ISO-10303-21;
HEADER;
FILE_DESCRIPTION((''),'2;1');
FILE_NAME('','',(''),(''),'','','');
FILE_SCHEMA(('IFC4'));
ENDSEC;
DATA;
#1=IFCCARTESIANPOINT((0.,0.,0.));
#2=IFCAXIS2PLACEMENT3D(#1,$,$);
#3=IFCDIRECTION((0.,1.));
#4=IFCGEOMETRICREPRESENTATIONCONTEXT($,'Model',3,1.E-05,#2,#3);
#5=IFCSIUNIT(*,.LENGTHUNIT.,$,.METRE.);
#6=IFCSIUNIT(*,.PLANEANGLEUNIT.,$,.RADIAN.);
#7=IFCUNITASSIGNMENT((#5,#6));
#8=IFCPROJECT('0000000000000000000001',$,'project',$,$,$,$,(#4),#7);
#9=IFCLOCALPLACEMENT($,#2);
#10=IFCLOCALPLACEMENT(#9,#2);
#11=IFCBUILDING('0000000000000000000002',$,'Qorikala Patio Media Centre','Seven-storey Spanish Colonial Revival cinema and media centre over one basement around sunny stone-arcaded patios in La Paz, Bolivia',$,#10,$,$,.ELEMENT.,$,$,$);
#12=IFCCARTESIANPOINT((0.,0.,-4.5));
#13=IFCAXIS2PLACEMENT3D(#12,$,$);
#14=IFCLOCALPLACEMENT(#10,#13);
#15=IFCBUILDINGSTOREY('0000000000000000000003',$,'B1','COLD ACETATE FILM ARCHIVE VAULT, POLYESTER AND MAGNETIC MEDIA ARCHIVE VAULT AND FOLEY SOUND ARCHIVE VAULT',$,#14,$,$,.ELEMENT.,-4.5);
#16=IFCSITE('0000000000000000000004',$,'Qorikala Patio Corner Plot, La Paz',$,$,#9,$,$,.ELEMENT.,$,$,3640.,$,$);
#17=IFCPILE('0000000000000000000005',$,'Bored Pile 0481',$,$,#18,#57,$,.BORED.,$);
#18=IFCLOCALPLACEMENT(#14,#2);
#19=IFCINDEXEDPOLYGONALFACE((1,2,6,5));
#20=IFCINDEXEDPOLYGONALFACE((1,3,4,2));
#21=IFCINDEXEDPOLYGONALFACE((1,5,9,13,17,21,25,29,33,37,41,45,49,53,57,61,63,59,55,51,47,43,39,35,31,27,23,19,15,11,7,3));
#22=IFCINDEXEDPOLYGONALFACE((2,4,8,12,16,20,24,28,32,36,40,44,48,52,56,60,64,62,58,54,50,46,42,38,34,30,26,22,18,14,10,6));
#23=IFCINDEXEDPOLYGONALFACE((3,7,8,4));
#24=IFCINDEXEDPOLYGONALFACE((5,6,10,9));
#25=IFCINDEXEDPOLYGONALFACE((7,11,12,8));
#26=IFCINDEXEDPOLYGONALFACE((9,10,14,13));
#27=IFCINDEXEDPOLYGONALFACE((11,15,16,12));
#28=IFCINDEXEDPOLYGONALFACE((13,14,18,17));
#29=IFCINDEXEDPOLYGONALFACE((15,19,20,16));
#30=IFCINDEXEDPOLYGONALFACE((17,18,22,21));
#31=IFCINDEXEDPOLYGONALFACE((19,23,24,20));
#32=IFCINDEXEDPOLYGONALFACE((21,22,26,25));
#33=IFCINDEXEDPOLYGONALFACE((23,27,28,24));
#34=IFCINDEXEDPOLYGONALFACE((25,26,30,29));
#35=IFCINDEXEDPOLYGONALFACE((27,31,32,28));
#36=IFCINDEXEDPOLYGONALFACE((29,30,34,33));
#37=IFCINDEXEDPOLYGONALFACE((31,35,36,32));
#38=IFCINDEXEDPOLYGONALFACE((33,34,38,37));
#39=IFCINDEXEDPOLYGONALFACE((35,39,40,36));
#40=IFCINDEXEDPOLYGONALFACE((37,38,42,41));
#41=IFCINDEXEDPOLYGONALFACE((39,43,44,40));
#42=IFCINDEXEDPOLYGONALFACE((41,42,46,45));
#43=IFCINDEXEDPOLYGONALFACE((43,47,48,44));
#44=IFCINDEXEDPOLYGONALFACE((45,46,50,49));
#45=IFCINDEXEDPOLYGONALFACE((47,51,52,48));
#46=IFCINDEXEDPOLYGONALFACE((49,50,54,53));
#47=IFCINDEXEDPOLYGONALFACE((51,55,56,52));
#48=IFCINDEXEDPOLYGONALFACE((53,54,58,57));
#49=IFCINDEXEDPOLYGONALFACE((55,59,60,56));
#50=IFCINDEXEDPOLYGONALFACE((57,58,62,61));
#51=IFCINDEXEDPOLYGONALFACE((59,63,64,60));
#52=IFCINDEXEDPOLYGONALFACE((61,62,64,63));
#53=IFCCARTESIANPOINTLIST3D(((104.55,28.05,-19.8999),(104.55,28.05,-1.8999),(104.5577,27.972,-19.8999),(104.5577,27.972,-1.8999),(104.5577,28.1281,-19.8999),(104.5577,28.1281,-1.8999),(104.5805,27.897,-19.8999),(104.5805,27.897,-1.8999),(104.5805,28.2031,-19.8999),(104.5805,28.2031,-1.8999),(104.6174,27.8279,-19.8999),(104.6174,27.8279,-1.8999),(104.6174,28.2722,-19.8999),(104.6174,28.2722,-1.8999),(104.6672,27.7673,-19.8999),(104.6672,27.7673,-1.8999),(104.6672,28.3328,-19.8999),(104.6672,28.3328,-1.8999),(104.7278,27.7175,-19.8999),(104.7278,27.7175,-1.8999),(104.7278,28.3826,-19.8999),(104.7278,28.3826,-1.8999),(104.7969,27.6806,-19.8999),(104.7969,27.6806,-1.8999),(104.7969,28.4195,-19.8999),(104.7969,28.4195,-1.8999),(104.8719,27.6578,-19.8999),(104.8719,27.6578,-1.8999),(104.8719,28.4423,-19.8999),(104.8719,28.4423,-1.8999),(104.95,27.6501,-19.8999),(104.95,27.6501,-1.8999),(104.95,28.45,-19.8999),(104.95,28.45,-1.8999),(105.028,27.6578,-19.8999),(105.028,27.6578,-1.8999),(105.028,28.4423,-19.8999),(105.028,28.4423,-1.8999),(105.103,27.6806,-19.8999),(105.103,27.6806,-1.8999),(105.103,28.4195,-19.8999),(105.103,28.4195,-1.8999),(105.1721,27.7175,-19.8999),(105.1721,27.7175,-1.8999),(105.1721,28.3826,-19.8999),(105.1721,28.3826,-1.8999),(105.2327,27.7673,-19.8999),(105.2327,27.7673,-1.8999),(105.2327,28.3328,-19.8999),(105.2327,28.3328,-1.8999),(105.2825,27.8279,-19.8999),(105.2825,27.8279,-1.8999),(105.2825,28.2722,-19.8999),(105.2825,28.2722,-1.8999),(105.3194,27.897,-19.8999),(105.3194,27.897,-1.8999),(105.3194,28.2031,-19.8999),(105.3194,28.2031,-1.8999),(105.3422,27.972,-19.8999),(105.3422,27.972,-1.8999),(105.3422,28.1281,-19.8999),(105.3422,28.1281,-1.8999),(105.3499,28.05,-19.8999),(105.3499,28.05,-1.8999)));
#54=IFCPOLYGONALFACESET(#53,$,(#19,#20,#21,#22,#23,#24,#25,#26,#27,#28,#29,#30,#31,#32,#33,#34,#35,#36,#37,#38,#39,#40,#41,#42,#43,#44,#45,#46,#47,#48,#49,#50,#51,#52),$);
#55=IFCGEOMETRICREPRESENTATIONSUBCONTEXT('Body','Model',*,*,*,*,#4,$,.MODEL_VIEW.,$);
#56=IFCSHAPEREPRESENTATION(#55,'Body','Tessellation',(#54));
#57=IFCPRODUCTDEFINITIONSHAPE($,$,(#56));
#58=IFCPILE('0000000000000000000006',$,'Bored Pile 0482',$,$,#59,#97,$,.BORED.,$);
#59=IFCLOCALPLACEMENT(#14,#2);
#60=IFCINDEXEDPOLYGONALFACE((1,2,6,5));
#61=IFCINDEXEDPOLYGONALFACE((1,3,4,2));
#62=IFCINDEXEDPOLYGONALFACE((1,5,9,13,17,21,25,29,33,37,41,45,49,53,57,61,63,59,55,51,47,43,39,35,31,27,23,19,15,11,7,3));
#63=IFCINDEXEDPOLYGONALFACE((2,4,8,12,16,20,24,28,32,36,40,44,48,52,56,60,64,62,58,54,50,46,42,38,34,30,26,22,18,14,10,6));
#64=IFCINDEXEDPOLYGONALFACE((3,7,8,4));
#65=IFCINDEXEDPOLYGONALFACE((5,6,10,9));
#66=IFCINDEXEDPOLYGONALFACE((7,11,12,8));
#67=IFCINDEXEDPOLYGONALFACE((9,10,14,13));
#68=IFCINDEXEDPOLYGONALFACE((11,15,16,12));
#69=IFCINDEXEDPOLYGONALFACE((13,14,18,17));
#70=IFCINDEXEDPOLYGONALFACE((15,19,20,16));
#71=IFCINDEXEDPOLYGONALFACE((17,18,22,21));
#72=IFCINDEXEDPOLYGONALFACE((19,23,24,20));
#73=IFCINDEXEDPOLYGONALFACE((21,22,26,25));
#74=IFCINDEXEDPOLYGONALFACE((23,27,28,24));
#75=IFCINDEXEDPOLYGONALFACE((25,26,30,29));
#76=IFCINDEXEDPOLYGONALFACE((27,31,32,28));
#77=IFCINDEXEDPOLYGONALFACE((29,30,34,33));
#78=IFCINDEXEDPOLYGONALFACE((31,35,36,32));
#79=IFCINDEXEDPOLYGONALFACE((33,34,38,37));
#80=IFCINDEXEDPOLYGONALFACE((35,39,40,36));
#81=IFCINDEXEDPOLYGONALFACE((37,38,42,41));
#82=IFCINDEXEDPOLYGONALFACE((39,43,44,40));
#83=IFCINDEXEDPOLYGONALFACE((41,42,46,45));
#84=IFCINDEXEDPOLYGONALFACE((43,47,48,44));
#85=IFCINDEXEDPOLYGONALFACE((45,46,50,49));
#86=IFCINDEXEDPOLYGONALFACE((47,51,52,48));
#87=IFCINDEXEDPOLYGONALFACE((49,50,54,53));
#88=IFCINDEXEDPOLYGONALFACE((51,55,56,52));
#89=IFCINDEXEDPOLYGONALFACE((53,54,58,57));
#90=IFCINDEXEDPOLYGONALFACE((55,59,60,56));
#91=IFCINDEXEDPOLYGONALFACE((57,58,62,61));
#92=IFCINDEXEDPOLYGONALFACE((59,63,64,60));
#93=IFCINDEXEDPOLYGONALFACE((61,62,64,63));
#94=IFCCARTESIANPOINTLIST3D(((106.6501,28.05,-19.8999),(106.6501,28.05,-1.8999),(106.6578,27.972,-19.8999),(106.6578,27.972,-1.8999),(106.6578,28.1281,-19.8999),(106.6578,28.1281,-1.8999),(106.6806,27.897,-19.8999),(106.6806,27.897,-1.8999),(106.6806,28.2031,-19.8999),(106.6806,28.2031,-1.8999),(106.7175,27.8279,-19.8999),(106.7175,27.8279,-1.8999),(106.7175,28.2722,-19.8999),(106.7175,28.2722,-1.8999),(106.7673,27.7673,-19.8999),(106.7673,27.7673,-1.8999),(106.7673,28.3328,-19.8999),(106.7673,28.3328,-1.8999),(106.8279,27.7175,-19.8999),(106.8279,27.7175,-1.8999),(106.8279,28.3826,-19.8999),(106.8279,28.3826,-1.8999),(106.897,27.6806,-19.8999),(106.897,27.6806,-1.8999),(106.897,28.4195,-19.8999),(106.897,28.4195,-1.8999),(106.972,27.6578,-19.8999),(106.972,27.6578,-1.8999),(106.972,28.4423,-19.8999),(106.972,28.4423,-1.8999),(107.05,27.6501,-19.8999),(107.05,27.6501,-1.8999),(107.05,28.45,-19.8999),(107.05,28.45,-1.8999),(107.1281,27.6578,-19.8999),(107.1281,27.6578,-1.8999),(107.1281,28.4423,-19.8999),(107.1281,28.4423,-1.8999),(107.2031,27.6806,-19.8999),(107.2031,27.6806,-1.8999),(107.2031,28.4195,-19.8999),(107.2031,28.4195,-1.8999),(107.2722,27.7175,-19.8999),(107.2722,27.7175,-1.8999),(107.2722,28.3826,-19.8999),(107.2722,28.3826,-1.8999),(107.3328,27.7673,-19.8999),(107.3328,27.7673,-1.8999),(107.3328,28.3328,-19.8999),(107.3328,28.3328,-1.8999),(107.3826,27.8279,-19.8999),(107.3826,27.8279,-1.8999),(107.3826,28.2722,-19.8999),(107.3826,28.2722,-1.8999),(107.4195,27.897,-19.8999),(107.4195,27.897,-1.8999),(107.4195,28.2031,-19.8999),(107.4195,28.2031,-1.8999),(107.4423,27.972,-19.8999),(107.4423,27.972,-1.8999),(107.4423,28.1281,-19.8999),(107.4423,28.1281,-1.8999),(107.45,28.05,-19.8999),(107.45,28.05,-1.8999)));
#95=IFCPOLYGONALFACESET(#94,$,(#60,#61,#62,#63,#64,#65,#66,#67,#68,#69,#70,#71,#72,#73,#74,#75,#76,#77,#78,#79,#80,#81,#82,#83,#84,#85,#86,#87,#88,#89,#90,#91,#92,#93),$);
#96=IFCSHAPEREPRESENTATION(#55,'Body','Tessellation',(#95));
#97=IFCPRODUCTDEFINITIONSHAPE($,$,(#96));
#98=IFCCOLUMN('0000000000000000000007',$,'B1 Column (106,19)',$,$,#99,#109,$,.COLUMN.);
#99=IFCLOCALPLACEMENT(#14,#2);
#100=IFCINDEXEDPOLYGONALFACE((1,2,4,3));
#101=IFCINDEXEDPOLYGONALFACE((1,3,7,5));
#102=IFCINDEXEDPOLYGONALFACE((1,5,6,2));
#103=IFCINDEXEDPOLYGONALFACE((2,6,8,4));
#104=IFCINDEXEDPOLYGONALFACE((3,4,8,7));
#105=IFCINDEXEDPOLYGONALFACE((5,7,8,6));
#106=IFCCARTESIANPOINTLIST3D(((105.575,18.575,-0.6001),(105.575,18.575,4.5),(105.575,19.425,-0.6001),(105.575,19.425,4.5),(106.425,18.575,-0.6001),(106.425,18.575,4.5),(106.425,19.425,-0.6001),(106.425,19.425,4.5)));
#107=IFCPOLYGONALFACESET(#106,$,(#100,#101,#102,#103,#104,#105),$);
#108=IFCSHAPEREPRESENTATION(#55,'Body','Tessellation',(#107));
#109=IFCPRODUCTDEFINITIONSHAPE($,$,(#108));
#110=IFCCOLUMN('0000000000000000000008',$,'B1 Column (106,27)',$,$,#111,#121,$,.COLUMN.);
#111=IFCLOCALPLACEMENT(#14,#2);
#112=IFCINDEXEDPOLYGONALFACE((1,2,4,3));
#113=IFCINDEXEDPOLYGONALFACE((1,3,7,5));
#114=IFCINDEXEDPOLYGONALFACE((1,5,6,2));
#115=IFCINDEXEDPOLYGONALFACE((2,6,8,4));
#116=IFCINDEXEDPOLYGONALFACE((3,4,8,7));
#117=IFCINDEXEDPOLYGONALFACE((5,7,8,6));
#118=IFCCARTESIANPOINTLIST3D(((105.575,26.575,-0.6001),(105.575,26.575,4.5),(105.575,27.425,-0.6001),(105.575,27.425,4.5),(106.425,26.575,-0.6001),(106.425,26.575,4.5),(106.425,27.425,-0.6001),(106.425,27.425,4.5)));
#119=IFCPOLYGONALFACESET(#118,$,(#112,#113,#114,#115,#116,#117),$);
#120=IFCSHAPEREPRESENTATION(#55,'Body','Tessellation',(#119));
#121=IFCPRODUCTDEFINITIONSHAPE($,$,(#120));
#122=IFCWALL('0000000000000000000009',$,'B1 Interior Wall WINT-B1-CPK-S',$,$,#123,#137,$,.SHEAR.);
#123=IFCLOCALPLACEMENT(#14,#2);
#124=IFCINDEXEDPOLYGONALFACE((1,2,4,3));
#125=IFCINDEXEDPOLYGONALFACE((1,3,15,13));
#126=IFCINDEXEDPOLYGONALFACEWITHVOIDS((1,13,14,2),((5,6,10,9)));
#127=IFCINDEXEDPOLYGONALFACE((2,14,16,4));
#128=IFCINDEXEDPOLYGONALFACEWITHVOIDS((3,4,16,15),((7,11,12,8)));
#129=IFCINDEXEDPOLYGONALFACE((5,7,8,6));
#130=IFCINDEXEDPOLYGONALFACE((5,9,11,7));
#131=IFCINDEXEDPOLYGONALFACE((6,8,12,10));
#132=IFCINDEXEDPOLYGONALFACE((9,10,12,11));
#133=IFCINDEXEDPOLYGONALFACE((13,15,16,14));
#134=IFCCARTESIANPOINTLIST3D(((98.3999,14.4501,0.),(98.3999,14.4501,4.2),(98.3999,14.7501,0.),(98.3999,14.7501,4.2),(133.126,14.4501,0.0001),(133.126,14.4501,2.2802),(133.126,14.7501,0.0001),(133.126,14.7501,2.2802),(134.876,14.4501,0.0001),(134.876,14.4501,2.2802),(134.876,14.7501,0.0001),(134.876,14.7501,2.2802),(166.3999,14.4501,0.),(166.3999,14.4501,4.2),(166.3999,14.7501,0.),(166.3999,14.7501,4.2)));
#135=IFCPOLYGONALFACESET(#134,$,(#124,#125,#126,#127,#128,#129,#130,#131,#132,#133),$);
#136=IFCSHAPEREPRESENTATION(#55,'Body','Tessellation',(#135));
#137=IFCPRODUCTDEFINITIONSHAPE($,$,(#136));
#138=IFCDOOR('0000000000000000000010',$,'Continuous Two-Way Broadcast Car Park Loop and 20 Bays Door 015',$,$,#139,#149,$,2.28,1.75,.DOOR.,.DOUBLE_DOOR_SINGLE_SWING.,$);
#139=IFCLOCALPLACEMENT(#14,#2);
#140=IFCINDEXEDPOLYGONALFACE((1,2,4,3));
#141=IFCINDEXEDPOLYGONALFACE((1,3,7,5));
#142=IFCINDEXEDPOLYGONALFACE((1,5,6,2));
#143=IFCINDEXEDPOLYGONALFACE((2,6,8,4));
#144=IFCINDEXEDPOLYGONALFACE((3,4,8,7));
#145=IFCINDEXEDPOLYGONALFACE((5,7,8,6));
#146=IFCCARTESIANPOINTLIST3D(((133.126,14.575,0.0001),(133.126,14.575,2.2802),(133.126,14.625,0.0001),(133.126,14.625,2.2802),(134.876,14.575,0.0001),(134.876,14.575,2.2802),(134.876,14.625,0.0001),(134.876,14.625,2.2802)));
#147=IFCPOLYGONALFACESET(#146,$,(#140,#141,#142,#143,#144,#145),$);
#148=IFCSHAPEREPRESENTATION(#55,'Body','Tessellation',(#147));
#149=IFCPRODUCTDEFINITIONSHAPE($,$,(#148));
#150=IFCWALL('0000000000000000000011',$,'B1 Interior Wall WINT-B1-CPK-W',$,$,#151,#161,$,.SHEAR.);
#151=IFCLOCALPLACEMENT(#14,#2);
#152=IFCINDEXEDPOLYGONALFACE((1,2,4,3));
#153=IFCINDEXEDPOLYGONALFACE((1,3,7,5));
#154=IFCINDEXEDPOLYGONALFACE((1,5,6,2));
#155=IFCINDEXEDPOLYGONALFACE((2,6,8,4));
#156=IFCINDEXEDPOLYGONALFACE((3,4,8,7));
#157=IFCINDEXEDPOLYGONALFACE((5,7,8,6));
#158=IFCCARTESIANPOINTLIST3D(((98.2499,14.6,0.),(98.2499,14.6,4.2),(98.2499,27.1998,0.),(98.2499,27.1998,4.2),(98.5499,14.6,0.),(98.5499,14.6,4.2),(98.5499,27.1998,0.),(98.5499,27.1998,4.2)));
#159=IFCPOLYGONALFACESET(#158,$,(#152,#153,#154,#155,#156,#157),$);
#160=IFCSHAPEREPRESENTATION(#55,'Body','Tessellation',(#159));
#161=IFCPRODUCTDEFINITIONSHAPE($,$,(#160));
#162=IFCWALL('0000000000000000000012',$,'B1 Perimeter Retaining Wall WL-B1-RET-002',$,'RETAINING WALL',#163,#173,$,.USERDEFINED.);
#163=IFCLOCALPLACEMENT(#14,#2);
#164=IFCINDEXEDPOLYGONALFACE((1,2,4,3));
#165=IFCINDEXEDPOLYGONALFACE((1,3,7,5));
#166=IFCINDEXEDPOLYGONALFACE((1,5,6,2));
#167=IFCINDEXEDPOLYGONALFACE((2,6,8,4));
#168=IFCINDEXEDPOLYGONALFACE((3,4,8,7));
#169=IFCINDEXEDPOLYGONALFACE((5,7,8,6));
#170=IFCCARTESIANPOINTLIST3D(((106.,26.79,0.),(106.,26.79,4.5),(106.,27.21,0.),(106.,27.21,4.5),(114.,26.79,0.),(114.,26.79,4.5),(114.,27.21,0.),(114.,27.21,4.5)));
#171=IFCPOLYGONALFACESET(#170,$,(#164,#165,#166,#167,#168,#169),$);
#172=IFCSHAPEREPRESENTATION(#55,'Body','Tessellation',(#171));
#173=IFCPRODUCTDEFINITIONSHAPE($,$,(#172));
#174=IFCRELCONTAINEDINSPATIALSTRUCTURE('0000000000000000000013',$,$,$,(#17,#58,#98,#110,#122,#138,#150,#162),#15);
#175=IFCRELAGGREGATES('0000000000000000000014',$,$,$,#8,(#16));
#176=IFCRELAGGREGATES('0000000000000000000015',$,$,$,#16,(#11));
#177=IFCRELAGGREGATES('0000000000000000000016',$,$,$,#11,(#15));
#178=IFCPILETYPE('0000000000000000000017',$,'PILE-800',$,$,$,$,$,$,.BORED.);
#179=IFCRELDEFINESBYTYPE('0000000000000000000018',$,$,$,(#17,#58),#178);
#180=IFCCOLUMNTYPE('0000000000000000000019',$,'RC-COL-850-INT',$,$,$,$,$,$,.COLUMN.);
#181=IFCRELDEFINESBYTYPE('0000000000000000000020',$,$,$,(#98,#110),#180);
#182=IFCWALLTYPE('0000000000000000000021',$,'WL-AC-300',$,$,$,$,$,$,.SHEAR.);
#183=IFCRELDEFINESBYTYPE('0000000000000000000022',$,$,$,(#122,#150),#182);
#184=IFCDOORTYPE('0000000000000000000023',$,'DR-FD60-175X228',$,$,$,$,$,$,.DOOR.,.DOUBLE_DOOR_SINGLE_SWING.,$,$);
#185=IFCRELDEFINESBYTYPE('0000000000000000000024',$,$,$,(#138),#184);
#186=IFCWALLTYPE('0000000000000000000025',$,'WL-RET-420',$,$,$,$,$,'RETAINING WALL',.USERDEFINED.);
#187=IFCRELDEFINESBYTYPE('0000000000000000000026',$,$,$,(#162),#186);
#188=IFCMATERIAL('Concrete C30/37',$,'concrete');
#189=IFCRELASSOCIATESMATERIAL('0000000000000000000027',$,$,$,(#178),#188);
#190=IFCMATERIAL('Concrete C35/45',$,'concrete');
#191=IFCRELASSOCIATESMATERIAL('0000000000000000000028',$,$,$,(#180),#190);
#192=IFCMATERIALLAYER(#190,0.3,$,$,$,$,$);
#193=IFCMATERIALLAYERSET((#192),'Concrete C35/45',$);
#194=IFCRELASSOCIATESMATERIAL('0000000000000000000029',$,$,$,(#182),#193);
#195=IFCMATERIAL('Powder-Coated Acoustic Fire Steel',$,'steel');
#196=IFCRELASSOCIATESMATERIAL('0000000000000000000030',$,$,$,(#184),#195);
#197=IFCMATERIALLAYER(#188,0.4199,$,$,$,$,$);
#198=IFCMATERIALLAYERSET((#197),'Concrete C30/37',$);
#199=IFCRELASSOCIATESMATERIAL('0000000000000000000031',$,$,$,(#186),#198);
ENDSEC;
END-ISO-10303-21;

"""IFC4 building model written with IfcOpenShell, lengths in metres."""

from ifc_helpers import new_model, si_unit, direction, frame, frame_2d, origin, origin_2d, place, context, subcontext, project, spatial, rectangle, circle, extrude, material, layer, layer_set, material_profile, profile_set, type_object, element, fill, save


model = new_model("IFC4")

# Units and contexts
model_context = context("Model", 3, precision=1e-05, world=origin(), true_north=direction((0.0, 1.0)))
body_context = subcontext(model_context, "Body", "Model", "MODEL_VIEW")
ifc_project = project(units=[si_unit("LENGTHUNIT", "METRE"), si_unit("PLANEANGLEUNIT", "RADIAN")], contexts=[model_context])

# Site, building, storey
site_placement = place(None, origin())
site = spatial("IfcSite", under=ifc_project, at=site_placement, Name="Qorikala Patio Corner Plot, La Paz", CompositionType="ELEMENT", RefElevation=3640.0)
building_placement = place(site_placement, origin())
building = spatial("IfcBuilding", under=site, at=building_placement, Name="Qorikala Patio Media Centre", Description="Seven-storey Spanish Colonial Revival cinema and media centre over one basement around sunny stone-arcaded patios in La Paz, Bolivia", CompositionType="ELEMENT")
storey_placement = place(building_placement, frame((0.0, 0.0, -4.5)))
storey = spatial("IfcBuildingStorey", under=building, at=storey_placement, Name="B1", Description="COLD ACETATE FILM ARCHIVE VAULT, POLYESTER AND MAGNETIC MEDIA ARCHIVE VAULT AND FOLEY SOUND ARCHIVE VAULT", CompositionType="ELEMENT", Elevation=-4.5)

# Shared definitions
ifc_material_1 = material(Name="Concrete C30/37", Category="concrete")

# Piles
ifc_material_profile_1 = material_profile(ifc_material_1, circle(Radius=0.3999, at=origin_2d()), Name="BORED PILE 800")
ifc_profile_set_1 = profile_set([ifc_material_profile_1], Name="Concrete C30/37")
pile_type_1 = type_object("IfcPileType", Name="PILE-800", PredefinedType="BORED", material=ifc_profile_set_1)
for number, where, z_axis, x_axis, name in (
    (1, (104.95, 28.05, -1.8999), (0.0, 0.0, -1.0), (1.0, 0.0, 0.0), "Bored Pile 0481"),
    (2, (107.05, 28.05, -1.8999), (0.0, 0.0, -1.0), (1.0, 0.0, 0.0), "Bored Pile 0482"),
):
    element("IfcPile", number, at=place(storey_placement, frame(where, z_axis=z_axis, x_axis=x_axis)), inside=storey, type_object=pile_type_1, Name=name, PredefinedType="BORED", context=body_context, shape_type="SweptSolid", body=[
        extrude(circle(Radius=0.3999, at=origin_2d()), origin(), (0.0, 0.0, 1.0), 18.0),
    ])

# Columns
ifc_material_2 = material(Name="Concrete C35/45", Category="concrete")
ifc_material_profile_2 = material_profile(ifc_material_2, rectangle(XDim=0.8501, YDim=0.8501, at=origin_2d()), Name="RC 850x850")
ifc_profile_set_2 = profile_set([ifc_material_profile_2], Name="Concrete C35/45")
column_type = type_object("IfcColumnType", Name="RC-COL-850-INT", PredefinedType="COLUMN", material=ifc_profile_set_2)
for number, where, z_axis, x_axis, name in (
    (3, (106.0, 19.0, -0.6001), (0.0, 0.0, 1.0), (1.0, 0.0, 0.0), "B1 Column (106,19)"),
    (4, (106.0, 27.0, -0.6001), (0.0, 0.0, 1.0), (1.0, 0.0, 0.0), "B1 Column (106,27)"),
):
    element("IfcColumn", number, at=place(storey_placement, frame(where, z_axis=z_axis, x_axis=x_axis)), inside=storey, type_object=column_type, Name=name, PredefinedType="COLUMN", context=body_context, shape_type="SweptSolid", body=[
        extrude(rectangle(XDim=0.8501, YDim=0.8501, at=origin_2d()), origin(), (0.0, 0.0, 1.0), 5.1001),
    ])

# Wall, opening, door
ifc_layer_1 = layer(ifc_material_2, 0.3)
ifc_layer_set_1 = layer_set([ifc_layer_1], Name="Concrete C35/45")
wall_type_1 = type_object("IfcWallType", Name="WL-AC-300", PredefinedType="SHEAR", material=ifc_layer_set_1)
wall_1_placement = place(storey_placement, frame((98.3999, 14.6001, 0.0), z_axis=(0.0, 0.0, 1.0), x_axis=(1.0, 0.0, 0.0)))
wall_1 = element("IfcWall", 5, at=wall_1_placement, inside=storey, type_object=wall_type_1, Name="B1 Interior Wall WINT-B1-CPK-S", PredefinedType="SHEAR", context=body_context, shape_type="SweptSolid", body=[
    extrude(rectangle(XDim=68.0, YDim=0.3, at=frame_2d((34.0, 0.0))), origin(), (0.0, 0.0, 1.0), 4.2),
])
opening_placement = place(wall_1_placement, frame((34.7261, 0.0, 0.0)))
opening = element("IfcOpeningElement", 6, at=opening_placement, cuts=wall_1, PredefinedType="OPENING", context=body_context, shape_type="SweptSolid", body=[
    extrude(rectangle(XDim=1.75, YDim=2.28, at=frame_2d((0.875, 1.1401))), frame((0.0, 0.1599, 0.0), z_axis=(0.0, -1.0, 0.0), x_axis=(1.0, 0.0, 0.0)), (0.0, 0.0, 1.0), 0.3201),
])
ifc_material_3 = material(Name="Powder-Coated Acoustic Fire Steel", Category="steel")
door_type = type_object("IfcDoorType", Name="DR-FD60-175X228", OperationType="DOUBLE_DOOR_SINGLE_SWING", PredefinedType="DOOR", material=ifc_material_3)
door_placement = place(opening_placement, origin())
door = element("IfcDoor", 7, at=door_placement, inside=storey, type_object=door_type, Name="Continuous Two-Way Broadcast Car Park Loop and 20 Bays Door 015", OperationType="DOUBLE_DOOR_SINGLE_SWING", OverallHeight=2.28, OverallWidth=1.75, PredefinedType="DOOR", context=body_context, shape_type="SweptSolid", body=[
    extrude(rectangle(XDim=1.75, YDim=2.28, at=frame_2d((0.875, 1.1401))), frame((0.0, 0.0249, 0.0), z_axis=(0.0, -1.0, 0.0), x_axis=(1.0, 0.0, 0.0)), (0.0, 0.0, 1.0), 0.05),
])
fill(opening, door)

# Walls
wall_2_placement = place(storey_placement, frame((98.3999, 14.6001, 0.0), z_axis=(0.0, 0.0, 1.0), x_axis=(0.0, 1.0, 0.0)))
element("IfcWall", 8, at=wall_2_placement, inside=storey, type_object=wall_type_1, Name="B1 Interior Wall WINT-B1-CPK-W", PredefinedType="SHEAR", context=body_context, shape_type="SweptSolid", body=[
    extrude(rectangle(XDim=12.5999, YDim=0.3, at=frame_2d((6.2998, 0.0))), origin(), (0.0, 0.0, 1.0), 4.2),
])
ifc_layer_2 = layer(ifc_material_1, 0.4199)
ifc_layer_set_2 = layer_set([ifc_layer_2], Name="Concrete C30/37")
wall_type_2 = type_object("IfcWallType", Name="WL-RET-420", ElementType="RETAINING WALL", PredefinedType="USERDEFINED", material=ifc_layer_set_2)
wall_3_placement = place(storey_placement, frame((106.0, 27.0, 0.0), z_axis=(0.0, 0.0, 1.0), x_axis=(1.0, 0.0, 0.0)))
element("IfcWall", 9, at=wall_3_placement, inside=storey, type_object=wall_type_2, Name="B1 Perimeter Retaining Wall WL-B1-RET-002", ObjectType="RETAINING WALL", PredefinedType="USERDEFINED", context=body_context, shape_type="SweptSolid", body=[
    extrude(rectangle(XDim=8.0, YDim=0.4199, at=frame_2d((4.0, 0.0))), origin(), (0.0, 0.0, 1.0), 4.5),
])

save(model, "model.ifc")
